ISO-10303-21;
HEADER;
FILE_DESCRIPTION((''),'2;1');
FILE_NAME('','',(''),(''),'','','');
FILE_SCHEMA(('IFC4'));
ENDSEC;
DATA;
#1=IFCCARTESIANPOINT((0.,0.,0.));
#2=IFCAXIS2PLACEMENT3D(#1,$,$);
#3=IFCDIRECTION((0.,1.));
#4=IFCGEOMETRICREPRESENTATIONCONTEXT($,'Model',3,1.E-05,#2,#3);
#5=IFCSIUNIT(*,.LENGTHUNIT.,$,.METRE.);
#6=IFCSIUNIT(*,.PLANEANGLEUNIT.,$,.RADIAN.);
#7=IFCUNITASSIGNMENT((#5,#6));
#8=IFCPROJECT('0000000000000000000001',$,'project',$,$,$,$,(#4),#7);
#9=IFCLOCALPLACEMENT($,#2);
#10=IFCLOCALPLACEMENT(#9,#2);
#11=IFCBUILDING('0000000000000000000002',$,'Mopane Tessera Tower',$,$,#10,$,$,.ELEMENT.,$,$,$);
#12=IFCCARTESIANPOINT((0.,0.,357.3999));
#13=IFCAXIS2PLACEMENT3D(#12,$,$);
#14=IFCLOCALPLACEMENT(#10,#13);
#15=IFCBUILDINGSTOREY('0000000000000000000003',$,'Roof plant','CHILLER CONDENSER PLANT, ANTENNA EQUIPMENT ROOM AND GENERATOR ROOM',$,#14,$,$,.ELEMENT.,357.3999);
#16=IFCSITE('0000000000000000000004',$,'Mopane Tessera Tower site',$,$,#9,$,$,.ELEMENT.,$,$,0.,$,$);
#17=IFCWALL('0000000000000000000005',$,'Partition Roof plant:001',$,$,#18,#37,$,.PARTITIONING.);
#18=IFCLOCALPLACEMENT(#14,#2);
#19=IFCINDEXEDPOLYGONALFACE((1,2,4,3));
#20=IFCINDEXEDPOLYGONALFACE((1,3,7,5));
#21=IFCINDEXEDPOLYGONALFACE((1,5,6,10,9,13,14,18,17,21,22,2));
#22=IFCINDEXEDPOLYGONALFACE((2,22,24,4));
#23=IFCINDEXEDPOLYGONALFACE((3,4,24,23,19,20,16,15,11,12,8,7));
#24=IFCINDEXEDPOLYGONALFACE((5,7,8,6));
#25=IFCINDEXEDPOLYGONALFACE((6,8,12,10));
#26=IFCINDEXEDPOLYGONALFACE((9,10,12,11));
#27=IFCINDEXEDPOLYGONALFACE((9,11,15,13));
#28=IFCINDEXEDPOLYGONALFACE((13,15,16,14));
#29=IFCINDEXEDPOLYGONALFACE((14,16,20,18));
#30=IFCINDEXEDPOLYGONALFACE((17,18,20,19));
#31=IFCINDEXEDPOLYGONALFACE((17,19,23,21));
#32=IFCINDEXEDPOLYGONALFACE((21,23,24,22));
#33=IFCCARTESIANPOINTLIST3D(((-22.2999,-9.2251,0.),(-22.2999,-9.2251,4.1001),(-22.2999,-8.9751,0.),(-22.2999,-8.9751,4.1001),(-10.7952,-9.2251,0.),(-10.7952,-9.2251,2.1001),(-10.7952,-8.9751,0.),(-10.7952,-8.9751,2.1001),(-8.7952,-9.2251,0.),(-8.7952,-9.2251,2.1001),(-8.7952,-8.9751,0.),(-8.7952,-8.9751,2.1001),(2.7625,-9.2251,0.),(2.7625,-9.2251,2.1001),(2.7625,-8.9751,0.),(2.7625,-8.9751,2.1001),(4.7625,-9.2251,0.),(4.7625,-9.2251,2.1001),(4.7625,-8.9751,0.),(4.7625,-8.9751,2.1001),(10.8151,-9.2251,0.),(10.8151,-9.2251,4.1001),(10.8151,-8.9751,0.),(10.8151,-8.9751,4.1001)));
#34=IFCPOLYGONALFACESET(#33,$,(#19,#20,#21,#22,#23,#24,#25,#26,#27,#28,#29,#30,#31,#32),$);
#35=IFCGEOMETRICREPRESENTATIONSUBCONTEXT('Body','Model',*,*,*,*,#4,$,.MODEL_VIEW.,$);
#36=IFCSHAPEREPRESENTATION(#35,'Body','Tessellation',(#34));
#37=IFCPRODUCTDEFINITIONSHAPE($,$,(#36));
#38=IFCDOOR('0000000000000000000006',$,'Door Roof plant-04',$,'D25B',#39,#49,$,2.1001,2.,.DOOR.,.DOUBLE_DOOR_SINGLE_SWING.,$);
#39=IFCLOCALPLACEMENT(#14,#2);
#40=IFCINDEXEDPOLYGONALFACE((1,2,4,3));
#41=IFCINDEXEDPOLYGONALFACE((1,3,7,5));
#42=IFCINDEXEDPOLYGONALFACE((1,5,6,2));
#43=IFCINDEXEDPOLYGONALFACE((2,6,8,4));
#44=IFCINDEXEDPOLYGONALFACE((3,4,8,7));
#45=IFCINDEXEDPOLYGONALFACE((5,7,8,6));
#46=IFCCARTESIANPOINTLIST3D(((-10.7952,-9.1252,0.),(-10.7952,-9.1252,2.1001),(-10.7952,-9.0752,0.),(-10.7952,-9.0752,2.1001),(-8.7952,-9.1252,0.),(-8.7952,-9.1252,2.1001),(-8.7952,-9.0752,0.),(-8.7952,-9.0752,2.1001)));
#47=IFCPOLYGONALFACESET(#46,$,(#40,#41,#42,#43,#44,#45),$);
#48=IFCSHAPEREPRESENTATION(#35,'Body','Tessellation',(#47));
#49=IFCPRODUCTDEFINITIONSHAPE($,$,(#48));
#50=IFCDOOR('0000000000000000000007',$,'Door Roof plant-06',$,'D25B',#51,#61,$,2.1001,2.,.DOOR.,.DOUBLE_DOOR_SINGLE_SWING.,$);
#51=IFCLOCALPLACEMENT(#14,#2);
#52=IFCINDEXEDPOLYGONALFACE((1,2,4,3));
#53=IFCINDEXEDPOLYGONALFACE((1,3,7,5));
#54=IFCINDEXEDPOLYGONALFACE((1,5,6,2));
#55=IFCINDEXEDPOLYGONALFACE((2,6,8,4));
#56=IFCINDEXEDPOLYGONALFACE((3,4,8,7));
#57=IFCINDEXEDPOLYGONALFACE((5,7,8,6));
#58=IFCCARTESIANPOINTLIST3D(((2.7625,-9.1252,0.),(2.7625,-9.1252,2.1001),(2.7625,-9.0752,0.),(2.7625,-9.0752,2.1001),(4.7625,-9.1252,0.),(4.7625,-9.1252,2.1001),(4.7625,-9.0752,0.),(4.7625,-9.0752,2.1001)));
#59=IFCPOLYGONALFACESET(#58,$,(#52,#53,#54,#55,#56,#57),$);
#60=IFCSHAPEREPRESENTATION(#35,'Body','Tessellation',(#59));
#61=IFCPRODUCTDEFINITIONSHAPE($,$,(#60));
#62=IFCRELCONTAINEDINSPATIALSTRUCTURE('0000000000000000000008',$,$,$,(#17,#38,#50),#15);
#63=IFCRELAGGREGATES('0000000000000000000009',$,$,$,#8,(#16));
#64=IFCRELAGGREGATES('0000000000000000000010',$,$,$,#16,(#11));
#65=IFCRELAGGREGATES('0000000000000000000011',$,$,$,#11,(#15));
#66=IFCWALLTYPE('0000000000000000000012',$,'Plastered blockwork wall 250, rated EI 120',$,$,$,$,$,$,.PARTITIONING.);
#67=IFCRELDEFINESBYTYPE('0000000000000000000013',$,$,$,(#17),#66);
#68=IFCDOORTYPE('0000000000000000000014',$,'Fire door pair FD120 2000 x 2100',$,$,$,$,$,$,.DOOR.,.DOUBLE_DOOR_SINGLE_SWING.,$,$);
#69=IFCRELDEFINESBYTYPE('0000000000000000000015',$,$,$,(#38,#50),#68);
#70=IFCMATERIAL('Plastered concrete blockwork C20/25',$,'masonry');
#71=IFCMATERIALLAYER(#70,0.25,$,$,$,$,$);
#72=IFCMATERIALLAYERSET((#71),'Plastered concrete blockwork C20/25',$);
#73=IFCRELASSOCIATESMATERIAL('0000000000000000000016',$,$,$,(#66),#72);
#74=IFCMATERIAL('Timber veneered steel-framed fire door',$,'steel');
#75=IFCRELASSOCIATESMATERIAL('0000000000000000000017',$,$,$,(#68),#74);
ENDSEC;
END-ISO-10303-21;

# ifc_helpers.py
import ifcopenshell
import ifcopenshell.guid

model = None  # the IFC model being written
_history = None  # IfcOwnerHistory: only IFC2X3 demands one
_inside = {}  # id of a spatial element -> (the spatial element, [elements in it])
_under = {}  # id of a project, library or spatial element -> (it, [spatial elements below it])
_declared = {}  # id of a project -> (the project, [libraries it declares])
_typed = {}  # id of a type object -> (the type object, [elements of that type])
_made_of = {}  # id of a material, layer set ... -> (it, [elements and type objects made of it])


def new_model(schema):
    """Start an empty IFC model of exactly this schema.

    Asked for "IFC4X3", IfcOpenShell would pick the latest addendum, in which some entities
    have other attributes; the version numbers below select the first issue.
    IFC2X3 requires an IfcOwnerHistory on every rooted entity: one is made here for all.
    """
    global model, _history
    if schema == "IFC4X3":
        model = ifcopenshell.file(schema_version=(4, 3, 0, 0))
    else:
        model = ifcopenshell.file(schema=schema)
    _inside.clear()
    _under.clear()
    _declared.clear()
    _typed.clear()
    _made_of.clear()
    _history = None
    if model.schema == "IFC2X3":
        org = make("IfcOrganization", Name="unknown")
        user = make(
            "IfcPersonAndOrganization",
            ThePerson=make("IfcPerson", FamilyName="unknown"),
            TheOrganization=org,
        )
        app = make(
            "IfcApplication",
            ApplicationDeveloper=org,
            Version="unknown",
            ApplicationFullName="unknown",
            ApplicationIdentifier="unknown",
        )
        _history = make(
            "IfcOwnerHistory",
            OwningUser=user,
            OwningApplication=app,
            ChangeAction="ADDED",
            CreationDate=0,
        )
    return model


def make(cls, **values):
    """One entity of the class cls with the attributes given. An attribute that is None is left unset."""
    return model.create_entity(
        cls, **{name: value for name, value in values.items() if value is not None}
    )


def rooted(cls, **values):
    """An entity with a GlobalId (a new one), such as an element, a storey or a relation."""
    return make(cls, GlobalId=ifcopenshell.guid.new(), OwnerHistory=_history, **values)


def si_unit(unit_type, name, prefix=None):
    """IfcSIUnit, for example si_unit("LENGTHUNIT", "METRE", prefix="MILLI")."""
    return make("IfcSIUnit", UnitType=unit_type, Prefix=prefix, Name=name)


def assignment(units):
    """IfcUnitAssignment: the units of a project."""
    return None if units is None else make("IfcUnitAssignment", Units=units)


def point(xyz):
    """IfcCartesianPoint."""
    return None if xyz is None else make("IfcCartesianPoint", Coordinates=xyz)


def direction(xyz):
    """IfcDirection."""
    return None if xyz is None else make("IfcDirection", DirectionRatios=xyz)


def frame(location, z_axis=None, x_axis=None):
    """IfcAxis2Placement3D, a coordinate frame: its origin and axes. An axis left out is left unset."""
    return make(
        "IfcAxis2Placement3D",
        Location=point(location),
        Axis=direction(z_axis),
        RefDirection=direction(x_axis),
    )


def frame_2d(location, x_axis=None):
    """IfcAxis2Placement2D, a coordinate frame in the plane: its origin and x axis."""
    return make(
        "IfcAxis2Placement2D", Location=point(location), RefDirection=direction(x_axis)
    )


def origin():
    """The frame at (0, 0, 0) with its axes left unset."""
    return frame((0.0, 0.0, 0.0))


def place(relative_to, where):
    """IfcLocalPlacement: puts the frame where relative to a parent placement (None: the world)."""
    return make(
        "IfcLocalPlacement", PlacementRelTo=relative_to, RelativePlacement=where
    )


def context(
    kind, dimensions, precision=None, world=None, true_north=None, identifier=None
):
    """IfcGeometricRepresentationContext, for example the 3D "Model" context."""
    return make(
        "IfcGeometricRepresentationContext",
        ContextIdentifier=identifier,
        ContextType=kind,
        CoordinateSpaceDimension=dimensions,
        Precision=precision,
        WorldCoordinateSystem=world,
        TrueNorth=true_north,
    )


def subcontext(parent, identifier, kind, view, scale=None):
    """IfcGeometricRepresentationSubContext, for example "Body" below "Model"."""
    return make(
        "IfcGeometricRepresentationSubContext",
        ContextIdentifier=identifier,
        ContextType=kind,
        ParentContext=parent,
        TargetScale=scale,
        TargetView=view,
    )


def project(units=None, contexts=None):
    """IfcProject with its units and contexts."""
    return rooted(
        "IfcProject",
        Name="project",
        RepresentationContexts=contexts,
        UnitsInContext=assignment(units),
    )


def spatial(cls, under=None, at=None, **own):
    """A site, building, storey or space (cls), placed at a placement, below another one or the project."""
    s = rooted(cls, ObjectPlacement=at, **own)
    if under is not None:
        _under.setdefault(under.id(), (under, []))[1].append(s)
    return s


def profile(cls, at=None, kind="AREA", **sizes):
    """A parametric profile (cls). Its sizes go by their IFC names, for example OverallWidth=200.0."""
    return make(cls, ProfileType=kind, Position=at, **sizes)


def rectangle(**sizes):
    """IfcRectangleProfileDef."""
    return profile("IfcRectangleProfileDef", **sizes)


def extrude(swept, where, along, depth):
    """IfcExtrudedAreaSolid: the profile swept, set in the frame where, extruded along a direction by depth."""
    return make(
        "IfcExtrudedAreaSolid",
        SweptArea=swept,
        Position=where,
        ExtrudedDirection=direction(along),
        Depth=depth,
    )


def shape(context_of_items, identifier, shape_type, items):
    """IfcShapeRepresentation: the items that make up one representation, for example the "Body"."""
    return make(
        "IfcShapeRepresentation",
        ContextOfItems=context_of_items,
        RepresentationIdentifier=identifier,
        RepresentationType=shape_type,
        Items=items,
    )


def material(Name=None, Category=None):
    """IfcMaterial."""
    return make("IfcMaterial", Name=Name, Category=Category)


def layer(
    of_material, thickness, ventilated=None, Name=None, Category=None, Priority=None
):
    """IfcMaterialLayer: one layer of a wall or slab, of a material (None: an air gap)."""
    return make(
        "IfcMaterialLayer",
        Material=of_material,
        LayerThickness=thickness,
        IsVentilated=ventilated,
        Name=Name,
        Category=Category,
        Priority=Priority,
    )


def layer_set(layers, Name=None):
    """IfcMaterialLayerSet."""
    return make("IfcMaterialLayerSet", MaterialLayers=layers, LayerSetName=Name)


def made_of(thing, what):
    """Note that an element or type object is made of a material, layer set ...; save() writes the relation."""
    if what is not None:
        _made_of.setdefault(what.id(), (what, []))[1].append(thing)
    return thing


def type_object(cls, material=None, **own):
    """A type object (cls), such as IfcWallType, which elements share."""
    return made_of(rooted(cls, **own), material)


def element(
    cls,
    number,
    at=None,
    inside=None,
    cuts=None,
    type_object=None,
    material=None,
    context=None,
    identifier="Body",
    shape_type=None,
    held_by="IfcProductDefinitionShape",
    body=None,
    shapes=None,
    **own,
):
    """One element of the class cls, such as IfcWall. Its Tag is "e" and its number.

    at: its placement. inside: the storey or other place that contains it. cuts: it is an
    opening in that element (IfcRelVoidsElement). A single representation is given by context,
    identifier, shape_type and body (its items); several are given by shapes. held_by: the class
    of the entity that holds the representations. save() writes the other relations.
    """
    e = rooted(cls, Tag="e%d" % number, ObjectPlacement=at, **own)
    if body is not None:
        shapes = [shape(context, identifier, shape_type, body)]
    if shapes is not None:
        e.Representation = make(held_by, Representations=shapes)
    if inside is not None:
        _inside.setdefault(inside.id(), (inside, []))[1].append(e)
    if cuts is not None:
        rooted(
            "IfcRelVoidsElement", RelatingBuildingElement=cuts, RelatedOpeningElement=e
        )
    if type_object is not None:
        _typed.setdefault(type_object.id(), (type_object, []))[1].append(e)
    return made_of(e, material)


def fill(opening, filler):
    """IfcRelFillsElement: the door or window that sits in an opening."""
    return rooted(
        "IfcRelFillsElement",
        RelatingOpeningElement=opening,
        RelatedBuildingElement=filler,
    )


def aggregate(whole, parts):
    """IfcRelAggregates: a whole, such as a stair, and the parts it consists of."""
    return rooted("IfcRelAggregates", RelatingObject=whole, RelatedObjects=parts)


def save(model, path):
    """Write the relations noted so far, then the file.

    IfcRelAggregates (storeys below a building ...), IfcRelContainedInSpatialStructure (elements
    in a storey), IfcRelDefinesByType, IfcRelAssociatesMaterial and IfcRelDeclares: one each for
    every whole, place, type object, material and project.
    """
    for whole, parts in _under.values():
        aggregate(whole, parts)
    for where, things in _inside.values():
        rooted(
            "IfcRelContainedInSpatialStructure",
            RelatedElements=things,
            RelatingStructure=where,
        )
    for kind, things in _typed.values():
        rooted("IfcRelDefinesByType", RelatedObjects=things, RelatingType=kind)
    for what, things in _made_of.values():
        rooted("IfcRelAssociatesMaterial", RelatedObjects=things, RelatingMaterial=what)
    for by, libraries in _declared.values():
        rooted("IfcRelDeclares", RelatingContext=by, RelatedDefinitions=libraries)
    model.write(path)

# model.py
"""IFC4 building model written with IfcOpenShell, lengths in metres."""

from ifc_helpers import new_model, si_unit, direction, frame, frame_2d, origin, place, context, subcontext, project, spatial, rectangle, extrude, material, layer, layer_set, type_object, element, fill, save


model = new_model("IFC4")

# Units and contexts
model_context = context("Model", 3, precision=1e-05, world=origin(), true_north=direction((0.0, 1.0)))
body_context = subcontext(model_context, "Body", "Model", "MODEL_VIEW")
ifc_project = project(units=[si_unit("LENGTHUNIT", "METRE"), si_unit("PLANEANGLEUNIT", "RADIAN")], contexts=[model_context])

# Site, building, storey
site_placement = place(None, origin())
site = spatial("IfcSite", under=ifc_project, at=site_placement, Name="Mopane Tessera Tower site", CompositionType="ELEMENT", RefElevation=0.0)
building_placement = place(site_placement, origin())
building = spatial("IfcBuilding", under=site, at=building_placement, Name="Mopane Tessera Tower", CompositionType="ELEMENT")
storey_placement = place(building_placement, frame((0.0, 0.0, 357.3999)))
storey = spatial("IfcBuildingStorey", under=building, at=storey_placement, Name="Roof plant", Description="CHILLER CONDENSER PLANT, ANTENNA EQUIPMENT ROOM AND GENERATOR ROOM", CompositionType="ELEMENT", Elevation=357.3999)

# Wall, openings, doors
ifc_material_1 = material(Name="Plastered concrete blockwork C20/25", Category="masonry")
ifc_layer_1 = layer(ifc_material_1, 0.25)
ifc_layer_set_1 = layer_set([ifc_layer_1], Name="Plastered concrete blockwork C20/25")
wall_type = type_object("IfcWallType", Name="Plastered blockwork wall 250, rated EI 120", PredefinedType="PARTITIONING", material=ifc_layer_set_1)
wall_placement = place(storey_placement, frame((-22.3, -9.1001, 0.0), z_axis=(0.0, 0.0, 1.0), x_axis=(1.0, 0.0, 0.0)))
wall = element("IfcWall", 1, at=wall_placement, inside=storey, type_object=wall_type, Name="Partition Roof plant:001", PredefinedType="PARTITIONING", context=body_context, shape_type="SweptSolid", body=[
    extrude(rectangle(XDim=33.115, YDim=0.25, at=frame_2d((16.5576, 0.0))), origin(), (0.0, 0.0, 1.0), 4.1001),
])
opening_1_placement = place(wall_placement, frame((11.5049, 0.0, 0.0)))
opening_1 = element("IfcOpeningElement", 2, at=opening_1_placement, cuts=wall, PredefinedType="OPENING", context=body_context, shape_type="SweptSolid", body=[
    extrude(rectangle(XDim=2.0, YDim=2.1001, at=frame_2d((1.0, 1.05))), frame((0.0, 0.137, 0.0), z_axis=(0.0, -1.0, 0.0), x_axis=(1.0, 0.0, 0.0)), (0.0, 0.0, 1.0), 0.2739),
])
opening_2_placement = place(wall_placement, frame((25.0625, 0.0, 0.0)))
opening_2 = element("IfcOpeningElement", 3, at=opening_2_placement, cuts=wall, PredefinedType="OPENING", context=body_context, shape_type="SweptSolid", body=[
    extrude(rectangle(XDim=2.0, YDim=2.1001, at=frame_2d((1.0, 1.05))), frame((0.0, 0.137, 0.0), z_axis=(0.0, -1.0, 0.0), x_axis=(1.0, 0.0, 0.0)), (0.0, 0.0, 1.0), 0.2739),
])
ifc_material_2 = material(Name="Timber veneered steel-framed fire door", Category="steel")
door_type = type_object("IfcDoorType", Name="Fire door pair FD120 2000 x 2100", OperationType="DOUBLE_DOOR_SINGLE_SWING", PredefinedType="DOOR", material=ifc_material_2)
door_1_placement = place(opening_1_placement, origin())
door_1 = element("IfcDoor", 4, at=door_1_placement, inside=storey, type_object=door_type, Name="Door Roof plant-04", ObjectType="D25B", OperationType="DOUBLE_DOOR_SINGLE_SWING", OverallHeight=2.1001, OverallWidth=2.0, PredefinedType="DOOR", context=body_context, shape_type="SweptSolid", body=[
    extrude(rectangle(XDim=2.0, YDim=2.1001, at=frame_2d((1.0, 1.05))), frame((0.0, 0.0249, 0.0), z_axis=(0.0, -1.0, 0.0), x_axis=(1.0, 0.0, 0.0)), (0.0, 0.0, 1.0), 0.05),
])
fill(opening_1, door_1)
door_2_placement = place(opening_2_placement, origin())
door_2 = element("IfcDoor", 5, at=door_2_placement, inside=storey, type_object=door_type, Name="Door Roof plant-06", ObjectType="D25B", OperationType="DOUBLE_DOOR_SINGLE_SWING", OverallHeight=2.1001, OverallWidth=2.0, PredefinedType="DOOR", context=body_context, shape_type="SweptSolid", body=[
    extrude(rectangle(XDim=2.0, YDim=2.1001, at=frame_2d((1.0, 1.05))), frame((0.0, 0.0249, 0.0), z_axis=(0.0, -1.0, 0.0), x_axis=(1.0, 0.0, 0.0)), (0.0, 0.0, 1.0), 0.05),
])
fill(opening_2, door_2)

save(model, "model.ifc")
